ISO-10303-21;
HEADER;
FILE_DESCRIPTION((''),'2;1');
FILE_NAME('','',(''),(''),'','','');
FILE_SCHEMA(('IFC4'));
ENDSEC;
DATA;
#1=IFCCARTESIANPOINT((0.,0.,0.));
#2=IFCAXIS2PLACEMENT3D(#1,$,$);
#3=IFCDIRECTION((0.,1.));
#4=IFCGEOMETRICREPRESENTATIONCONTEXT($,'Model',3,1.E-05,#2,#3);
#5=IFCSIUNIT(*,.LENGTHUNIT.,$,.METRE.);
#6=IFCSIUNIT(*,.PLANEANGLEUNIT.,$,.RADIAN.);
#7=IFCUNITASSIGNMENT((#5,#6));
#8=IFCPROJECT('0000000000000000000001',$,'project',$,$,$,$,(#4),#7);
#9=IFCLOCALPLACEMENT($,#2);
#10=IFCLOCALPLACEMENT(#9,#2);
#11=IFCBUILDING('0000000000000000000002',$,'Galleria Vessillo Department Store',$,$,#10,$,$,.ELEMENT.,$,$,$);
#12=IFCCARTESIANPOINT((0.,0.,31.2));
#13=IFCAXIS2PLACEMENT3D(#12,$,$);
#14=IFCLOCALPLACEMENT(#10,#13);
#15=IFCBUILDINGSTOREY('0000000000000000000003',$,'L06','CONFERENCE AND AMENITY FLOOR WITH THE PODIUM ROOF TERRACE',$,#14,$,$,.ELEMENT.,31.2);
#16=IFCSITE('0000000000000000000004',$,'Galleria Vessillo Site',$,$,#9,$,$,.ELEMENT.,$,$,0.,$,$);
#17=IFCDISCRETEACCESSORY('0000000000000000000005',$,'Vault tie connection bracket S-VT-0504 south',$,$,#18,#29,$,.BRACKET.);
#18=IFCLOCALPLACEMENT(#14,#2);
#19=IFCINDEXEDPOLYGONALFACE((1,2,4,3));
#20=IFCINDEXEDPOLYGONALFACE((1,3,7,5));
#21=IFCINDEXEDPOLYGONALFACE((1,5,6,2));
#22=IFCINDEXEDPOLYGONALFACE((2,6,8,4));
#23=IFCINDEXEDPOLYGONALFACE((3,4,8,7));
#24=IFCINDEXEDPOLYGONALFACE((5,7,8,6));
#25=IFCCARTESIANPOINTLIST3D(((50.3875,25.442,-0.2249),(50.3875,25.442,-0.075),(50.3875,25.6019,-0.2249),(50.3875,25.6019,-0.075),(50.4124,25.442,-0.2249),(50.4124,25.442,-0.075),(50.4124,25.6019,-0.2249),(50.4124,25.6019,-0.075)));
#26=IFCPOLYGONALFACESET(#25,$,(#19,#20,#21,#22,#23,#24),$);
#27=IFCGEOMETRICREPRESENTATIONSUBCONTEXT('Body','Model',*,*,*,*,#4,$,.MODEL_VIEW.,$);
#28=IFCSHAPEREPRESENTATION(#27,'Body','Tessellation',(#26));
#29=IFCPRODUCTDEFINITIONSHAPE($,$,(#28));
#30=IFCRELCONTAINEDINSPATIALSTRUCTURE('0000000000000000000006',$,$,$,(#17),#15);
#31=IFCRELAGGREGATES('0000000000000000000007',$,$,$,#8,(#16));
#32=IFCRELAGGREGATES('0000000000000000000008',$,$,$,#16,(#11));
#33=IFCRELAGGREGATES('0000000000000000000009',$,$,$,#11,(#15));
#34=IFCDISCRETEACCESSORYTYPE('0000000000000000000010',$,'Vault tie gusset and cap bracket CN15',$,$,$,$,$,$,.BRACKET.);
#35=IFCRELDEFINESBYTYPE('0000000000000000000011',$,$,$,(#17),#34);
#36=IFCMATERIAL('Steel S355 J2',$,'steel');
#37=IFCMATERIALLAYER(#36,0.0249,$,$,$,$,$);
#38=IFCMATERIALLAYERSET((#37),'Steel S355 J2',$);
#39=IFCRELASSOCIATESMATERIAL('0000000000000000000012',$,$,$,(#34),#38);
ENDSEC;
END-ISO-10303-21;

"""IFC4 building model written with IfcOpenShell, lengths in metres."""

from ifc_helpers import new_model, si_unit, direction, frame, origin, origin_2d, place, context, subcontext, project, spatial, rectangle, extrude, material, layer, layer_set, type_object, element, save


model = new_model("IFC4")

# Units and contexts
model_context = context("Model", 3, precision=1e-05, world=origin(), true_north=direction((0.0, 1.0)))
body_context = subcontext(model_context, "Body", "Model", "MODEL_VIEW")
ifc_project = project(units=[si_unit("LENGTHUNIT", "METRE"), si_unit("PLANEANGLEUNIT", "RADIAN")], contexts=[model_context])

# Site, building, storey
site_placement = place(None, origin())
site = spatial("IfcSite", under=ifc_project, at=site_placement, Name="Galleria Vessillo Site", CompositionType="ELEMENT", RefElevation=0.0)
building_placement = place(site_placement, origin())
building = spatial("IfcBuilding", under=site, at=building_placement, Name="Galleria Vessillo Department Store", CompositionType="ELEMENT")
storey_placement = place(building_placement, frame((0.0, 0.0, 31.2)))
storey = spatial("IfcBuildingStorey", under=building, at=storey_placement, Name="L06", Description="CONFERENCE AND AMENITY FLOOR WITH THE PODIUM ROOF TERRACE", CompositionType="ELEMENT", Elevation=31.2)

# Discrete accessory
ifc_material_1 = material(Name="Steel S355 J2", Category="steel")
ifc_layer_1 = layer(ifc_material_1, 0.0249)
ifc_layer_set_1 = layer_set([ifc_layer_1], Name="Steel S355 J2")
discrete_accessory_type = type_object("IfcDiscreteAccessoryType", Name="Vault tie gusset and cap bracket CN15", PredefinedType="BRACKET", material=ifc_layer_set_1)
discrete_accessory_placement = place(storey_placement, frame((50.3999, 25.522, -0.2249), z_axis=(0.0, 0.0, 1.0), x_axis=(1.0, 0.0, 0.0)))
element("IfcDiscreteAccessory", 1, at=discrete_accessory_placement, inside=storey, type_object=discrete_accessory_type, Name="Vault tie connection bracket S-VT-0504 south", PredefinedType="BRACKET", context=body_context, shape_type="SweptSolid", body=[
    extrude(rectangle(XDim=0.0249, YDim=0.1599, at=origin_2d()), origin(), (0.0, 0.0, 1.0), 0.1499),
])

save(model, "model.ifc")
